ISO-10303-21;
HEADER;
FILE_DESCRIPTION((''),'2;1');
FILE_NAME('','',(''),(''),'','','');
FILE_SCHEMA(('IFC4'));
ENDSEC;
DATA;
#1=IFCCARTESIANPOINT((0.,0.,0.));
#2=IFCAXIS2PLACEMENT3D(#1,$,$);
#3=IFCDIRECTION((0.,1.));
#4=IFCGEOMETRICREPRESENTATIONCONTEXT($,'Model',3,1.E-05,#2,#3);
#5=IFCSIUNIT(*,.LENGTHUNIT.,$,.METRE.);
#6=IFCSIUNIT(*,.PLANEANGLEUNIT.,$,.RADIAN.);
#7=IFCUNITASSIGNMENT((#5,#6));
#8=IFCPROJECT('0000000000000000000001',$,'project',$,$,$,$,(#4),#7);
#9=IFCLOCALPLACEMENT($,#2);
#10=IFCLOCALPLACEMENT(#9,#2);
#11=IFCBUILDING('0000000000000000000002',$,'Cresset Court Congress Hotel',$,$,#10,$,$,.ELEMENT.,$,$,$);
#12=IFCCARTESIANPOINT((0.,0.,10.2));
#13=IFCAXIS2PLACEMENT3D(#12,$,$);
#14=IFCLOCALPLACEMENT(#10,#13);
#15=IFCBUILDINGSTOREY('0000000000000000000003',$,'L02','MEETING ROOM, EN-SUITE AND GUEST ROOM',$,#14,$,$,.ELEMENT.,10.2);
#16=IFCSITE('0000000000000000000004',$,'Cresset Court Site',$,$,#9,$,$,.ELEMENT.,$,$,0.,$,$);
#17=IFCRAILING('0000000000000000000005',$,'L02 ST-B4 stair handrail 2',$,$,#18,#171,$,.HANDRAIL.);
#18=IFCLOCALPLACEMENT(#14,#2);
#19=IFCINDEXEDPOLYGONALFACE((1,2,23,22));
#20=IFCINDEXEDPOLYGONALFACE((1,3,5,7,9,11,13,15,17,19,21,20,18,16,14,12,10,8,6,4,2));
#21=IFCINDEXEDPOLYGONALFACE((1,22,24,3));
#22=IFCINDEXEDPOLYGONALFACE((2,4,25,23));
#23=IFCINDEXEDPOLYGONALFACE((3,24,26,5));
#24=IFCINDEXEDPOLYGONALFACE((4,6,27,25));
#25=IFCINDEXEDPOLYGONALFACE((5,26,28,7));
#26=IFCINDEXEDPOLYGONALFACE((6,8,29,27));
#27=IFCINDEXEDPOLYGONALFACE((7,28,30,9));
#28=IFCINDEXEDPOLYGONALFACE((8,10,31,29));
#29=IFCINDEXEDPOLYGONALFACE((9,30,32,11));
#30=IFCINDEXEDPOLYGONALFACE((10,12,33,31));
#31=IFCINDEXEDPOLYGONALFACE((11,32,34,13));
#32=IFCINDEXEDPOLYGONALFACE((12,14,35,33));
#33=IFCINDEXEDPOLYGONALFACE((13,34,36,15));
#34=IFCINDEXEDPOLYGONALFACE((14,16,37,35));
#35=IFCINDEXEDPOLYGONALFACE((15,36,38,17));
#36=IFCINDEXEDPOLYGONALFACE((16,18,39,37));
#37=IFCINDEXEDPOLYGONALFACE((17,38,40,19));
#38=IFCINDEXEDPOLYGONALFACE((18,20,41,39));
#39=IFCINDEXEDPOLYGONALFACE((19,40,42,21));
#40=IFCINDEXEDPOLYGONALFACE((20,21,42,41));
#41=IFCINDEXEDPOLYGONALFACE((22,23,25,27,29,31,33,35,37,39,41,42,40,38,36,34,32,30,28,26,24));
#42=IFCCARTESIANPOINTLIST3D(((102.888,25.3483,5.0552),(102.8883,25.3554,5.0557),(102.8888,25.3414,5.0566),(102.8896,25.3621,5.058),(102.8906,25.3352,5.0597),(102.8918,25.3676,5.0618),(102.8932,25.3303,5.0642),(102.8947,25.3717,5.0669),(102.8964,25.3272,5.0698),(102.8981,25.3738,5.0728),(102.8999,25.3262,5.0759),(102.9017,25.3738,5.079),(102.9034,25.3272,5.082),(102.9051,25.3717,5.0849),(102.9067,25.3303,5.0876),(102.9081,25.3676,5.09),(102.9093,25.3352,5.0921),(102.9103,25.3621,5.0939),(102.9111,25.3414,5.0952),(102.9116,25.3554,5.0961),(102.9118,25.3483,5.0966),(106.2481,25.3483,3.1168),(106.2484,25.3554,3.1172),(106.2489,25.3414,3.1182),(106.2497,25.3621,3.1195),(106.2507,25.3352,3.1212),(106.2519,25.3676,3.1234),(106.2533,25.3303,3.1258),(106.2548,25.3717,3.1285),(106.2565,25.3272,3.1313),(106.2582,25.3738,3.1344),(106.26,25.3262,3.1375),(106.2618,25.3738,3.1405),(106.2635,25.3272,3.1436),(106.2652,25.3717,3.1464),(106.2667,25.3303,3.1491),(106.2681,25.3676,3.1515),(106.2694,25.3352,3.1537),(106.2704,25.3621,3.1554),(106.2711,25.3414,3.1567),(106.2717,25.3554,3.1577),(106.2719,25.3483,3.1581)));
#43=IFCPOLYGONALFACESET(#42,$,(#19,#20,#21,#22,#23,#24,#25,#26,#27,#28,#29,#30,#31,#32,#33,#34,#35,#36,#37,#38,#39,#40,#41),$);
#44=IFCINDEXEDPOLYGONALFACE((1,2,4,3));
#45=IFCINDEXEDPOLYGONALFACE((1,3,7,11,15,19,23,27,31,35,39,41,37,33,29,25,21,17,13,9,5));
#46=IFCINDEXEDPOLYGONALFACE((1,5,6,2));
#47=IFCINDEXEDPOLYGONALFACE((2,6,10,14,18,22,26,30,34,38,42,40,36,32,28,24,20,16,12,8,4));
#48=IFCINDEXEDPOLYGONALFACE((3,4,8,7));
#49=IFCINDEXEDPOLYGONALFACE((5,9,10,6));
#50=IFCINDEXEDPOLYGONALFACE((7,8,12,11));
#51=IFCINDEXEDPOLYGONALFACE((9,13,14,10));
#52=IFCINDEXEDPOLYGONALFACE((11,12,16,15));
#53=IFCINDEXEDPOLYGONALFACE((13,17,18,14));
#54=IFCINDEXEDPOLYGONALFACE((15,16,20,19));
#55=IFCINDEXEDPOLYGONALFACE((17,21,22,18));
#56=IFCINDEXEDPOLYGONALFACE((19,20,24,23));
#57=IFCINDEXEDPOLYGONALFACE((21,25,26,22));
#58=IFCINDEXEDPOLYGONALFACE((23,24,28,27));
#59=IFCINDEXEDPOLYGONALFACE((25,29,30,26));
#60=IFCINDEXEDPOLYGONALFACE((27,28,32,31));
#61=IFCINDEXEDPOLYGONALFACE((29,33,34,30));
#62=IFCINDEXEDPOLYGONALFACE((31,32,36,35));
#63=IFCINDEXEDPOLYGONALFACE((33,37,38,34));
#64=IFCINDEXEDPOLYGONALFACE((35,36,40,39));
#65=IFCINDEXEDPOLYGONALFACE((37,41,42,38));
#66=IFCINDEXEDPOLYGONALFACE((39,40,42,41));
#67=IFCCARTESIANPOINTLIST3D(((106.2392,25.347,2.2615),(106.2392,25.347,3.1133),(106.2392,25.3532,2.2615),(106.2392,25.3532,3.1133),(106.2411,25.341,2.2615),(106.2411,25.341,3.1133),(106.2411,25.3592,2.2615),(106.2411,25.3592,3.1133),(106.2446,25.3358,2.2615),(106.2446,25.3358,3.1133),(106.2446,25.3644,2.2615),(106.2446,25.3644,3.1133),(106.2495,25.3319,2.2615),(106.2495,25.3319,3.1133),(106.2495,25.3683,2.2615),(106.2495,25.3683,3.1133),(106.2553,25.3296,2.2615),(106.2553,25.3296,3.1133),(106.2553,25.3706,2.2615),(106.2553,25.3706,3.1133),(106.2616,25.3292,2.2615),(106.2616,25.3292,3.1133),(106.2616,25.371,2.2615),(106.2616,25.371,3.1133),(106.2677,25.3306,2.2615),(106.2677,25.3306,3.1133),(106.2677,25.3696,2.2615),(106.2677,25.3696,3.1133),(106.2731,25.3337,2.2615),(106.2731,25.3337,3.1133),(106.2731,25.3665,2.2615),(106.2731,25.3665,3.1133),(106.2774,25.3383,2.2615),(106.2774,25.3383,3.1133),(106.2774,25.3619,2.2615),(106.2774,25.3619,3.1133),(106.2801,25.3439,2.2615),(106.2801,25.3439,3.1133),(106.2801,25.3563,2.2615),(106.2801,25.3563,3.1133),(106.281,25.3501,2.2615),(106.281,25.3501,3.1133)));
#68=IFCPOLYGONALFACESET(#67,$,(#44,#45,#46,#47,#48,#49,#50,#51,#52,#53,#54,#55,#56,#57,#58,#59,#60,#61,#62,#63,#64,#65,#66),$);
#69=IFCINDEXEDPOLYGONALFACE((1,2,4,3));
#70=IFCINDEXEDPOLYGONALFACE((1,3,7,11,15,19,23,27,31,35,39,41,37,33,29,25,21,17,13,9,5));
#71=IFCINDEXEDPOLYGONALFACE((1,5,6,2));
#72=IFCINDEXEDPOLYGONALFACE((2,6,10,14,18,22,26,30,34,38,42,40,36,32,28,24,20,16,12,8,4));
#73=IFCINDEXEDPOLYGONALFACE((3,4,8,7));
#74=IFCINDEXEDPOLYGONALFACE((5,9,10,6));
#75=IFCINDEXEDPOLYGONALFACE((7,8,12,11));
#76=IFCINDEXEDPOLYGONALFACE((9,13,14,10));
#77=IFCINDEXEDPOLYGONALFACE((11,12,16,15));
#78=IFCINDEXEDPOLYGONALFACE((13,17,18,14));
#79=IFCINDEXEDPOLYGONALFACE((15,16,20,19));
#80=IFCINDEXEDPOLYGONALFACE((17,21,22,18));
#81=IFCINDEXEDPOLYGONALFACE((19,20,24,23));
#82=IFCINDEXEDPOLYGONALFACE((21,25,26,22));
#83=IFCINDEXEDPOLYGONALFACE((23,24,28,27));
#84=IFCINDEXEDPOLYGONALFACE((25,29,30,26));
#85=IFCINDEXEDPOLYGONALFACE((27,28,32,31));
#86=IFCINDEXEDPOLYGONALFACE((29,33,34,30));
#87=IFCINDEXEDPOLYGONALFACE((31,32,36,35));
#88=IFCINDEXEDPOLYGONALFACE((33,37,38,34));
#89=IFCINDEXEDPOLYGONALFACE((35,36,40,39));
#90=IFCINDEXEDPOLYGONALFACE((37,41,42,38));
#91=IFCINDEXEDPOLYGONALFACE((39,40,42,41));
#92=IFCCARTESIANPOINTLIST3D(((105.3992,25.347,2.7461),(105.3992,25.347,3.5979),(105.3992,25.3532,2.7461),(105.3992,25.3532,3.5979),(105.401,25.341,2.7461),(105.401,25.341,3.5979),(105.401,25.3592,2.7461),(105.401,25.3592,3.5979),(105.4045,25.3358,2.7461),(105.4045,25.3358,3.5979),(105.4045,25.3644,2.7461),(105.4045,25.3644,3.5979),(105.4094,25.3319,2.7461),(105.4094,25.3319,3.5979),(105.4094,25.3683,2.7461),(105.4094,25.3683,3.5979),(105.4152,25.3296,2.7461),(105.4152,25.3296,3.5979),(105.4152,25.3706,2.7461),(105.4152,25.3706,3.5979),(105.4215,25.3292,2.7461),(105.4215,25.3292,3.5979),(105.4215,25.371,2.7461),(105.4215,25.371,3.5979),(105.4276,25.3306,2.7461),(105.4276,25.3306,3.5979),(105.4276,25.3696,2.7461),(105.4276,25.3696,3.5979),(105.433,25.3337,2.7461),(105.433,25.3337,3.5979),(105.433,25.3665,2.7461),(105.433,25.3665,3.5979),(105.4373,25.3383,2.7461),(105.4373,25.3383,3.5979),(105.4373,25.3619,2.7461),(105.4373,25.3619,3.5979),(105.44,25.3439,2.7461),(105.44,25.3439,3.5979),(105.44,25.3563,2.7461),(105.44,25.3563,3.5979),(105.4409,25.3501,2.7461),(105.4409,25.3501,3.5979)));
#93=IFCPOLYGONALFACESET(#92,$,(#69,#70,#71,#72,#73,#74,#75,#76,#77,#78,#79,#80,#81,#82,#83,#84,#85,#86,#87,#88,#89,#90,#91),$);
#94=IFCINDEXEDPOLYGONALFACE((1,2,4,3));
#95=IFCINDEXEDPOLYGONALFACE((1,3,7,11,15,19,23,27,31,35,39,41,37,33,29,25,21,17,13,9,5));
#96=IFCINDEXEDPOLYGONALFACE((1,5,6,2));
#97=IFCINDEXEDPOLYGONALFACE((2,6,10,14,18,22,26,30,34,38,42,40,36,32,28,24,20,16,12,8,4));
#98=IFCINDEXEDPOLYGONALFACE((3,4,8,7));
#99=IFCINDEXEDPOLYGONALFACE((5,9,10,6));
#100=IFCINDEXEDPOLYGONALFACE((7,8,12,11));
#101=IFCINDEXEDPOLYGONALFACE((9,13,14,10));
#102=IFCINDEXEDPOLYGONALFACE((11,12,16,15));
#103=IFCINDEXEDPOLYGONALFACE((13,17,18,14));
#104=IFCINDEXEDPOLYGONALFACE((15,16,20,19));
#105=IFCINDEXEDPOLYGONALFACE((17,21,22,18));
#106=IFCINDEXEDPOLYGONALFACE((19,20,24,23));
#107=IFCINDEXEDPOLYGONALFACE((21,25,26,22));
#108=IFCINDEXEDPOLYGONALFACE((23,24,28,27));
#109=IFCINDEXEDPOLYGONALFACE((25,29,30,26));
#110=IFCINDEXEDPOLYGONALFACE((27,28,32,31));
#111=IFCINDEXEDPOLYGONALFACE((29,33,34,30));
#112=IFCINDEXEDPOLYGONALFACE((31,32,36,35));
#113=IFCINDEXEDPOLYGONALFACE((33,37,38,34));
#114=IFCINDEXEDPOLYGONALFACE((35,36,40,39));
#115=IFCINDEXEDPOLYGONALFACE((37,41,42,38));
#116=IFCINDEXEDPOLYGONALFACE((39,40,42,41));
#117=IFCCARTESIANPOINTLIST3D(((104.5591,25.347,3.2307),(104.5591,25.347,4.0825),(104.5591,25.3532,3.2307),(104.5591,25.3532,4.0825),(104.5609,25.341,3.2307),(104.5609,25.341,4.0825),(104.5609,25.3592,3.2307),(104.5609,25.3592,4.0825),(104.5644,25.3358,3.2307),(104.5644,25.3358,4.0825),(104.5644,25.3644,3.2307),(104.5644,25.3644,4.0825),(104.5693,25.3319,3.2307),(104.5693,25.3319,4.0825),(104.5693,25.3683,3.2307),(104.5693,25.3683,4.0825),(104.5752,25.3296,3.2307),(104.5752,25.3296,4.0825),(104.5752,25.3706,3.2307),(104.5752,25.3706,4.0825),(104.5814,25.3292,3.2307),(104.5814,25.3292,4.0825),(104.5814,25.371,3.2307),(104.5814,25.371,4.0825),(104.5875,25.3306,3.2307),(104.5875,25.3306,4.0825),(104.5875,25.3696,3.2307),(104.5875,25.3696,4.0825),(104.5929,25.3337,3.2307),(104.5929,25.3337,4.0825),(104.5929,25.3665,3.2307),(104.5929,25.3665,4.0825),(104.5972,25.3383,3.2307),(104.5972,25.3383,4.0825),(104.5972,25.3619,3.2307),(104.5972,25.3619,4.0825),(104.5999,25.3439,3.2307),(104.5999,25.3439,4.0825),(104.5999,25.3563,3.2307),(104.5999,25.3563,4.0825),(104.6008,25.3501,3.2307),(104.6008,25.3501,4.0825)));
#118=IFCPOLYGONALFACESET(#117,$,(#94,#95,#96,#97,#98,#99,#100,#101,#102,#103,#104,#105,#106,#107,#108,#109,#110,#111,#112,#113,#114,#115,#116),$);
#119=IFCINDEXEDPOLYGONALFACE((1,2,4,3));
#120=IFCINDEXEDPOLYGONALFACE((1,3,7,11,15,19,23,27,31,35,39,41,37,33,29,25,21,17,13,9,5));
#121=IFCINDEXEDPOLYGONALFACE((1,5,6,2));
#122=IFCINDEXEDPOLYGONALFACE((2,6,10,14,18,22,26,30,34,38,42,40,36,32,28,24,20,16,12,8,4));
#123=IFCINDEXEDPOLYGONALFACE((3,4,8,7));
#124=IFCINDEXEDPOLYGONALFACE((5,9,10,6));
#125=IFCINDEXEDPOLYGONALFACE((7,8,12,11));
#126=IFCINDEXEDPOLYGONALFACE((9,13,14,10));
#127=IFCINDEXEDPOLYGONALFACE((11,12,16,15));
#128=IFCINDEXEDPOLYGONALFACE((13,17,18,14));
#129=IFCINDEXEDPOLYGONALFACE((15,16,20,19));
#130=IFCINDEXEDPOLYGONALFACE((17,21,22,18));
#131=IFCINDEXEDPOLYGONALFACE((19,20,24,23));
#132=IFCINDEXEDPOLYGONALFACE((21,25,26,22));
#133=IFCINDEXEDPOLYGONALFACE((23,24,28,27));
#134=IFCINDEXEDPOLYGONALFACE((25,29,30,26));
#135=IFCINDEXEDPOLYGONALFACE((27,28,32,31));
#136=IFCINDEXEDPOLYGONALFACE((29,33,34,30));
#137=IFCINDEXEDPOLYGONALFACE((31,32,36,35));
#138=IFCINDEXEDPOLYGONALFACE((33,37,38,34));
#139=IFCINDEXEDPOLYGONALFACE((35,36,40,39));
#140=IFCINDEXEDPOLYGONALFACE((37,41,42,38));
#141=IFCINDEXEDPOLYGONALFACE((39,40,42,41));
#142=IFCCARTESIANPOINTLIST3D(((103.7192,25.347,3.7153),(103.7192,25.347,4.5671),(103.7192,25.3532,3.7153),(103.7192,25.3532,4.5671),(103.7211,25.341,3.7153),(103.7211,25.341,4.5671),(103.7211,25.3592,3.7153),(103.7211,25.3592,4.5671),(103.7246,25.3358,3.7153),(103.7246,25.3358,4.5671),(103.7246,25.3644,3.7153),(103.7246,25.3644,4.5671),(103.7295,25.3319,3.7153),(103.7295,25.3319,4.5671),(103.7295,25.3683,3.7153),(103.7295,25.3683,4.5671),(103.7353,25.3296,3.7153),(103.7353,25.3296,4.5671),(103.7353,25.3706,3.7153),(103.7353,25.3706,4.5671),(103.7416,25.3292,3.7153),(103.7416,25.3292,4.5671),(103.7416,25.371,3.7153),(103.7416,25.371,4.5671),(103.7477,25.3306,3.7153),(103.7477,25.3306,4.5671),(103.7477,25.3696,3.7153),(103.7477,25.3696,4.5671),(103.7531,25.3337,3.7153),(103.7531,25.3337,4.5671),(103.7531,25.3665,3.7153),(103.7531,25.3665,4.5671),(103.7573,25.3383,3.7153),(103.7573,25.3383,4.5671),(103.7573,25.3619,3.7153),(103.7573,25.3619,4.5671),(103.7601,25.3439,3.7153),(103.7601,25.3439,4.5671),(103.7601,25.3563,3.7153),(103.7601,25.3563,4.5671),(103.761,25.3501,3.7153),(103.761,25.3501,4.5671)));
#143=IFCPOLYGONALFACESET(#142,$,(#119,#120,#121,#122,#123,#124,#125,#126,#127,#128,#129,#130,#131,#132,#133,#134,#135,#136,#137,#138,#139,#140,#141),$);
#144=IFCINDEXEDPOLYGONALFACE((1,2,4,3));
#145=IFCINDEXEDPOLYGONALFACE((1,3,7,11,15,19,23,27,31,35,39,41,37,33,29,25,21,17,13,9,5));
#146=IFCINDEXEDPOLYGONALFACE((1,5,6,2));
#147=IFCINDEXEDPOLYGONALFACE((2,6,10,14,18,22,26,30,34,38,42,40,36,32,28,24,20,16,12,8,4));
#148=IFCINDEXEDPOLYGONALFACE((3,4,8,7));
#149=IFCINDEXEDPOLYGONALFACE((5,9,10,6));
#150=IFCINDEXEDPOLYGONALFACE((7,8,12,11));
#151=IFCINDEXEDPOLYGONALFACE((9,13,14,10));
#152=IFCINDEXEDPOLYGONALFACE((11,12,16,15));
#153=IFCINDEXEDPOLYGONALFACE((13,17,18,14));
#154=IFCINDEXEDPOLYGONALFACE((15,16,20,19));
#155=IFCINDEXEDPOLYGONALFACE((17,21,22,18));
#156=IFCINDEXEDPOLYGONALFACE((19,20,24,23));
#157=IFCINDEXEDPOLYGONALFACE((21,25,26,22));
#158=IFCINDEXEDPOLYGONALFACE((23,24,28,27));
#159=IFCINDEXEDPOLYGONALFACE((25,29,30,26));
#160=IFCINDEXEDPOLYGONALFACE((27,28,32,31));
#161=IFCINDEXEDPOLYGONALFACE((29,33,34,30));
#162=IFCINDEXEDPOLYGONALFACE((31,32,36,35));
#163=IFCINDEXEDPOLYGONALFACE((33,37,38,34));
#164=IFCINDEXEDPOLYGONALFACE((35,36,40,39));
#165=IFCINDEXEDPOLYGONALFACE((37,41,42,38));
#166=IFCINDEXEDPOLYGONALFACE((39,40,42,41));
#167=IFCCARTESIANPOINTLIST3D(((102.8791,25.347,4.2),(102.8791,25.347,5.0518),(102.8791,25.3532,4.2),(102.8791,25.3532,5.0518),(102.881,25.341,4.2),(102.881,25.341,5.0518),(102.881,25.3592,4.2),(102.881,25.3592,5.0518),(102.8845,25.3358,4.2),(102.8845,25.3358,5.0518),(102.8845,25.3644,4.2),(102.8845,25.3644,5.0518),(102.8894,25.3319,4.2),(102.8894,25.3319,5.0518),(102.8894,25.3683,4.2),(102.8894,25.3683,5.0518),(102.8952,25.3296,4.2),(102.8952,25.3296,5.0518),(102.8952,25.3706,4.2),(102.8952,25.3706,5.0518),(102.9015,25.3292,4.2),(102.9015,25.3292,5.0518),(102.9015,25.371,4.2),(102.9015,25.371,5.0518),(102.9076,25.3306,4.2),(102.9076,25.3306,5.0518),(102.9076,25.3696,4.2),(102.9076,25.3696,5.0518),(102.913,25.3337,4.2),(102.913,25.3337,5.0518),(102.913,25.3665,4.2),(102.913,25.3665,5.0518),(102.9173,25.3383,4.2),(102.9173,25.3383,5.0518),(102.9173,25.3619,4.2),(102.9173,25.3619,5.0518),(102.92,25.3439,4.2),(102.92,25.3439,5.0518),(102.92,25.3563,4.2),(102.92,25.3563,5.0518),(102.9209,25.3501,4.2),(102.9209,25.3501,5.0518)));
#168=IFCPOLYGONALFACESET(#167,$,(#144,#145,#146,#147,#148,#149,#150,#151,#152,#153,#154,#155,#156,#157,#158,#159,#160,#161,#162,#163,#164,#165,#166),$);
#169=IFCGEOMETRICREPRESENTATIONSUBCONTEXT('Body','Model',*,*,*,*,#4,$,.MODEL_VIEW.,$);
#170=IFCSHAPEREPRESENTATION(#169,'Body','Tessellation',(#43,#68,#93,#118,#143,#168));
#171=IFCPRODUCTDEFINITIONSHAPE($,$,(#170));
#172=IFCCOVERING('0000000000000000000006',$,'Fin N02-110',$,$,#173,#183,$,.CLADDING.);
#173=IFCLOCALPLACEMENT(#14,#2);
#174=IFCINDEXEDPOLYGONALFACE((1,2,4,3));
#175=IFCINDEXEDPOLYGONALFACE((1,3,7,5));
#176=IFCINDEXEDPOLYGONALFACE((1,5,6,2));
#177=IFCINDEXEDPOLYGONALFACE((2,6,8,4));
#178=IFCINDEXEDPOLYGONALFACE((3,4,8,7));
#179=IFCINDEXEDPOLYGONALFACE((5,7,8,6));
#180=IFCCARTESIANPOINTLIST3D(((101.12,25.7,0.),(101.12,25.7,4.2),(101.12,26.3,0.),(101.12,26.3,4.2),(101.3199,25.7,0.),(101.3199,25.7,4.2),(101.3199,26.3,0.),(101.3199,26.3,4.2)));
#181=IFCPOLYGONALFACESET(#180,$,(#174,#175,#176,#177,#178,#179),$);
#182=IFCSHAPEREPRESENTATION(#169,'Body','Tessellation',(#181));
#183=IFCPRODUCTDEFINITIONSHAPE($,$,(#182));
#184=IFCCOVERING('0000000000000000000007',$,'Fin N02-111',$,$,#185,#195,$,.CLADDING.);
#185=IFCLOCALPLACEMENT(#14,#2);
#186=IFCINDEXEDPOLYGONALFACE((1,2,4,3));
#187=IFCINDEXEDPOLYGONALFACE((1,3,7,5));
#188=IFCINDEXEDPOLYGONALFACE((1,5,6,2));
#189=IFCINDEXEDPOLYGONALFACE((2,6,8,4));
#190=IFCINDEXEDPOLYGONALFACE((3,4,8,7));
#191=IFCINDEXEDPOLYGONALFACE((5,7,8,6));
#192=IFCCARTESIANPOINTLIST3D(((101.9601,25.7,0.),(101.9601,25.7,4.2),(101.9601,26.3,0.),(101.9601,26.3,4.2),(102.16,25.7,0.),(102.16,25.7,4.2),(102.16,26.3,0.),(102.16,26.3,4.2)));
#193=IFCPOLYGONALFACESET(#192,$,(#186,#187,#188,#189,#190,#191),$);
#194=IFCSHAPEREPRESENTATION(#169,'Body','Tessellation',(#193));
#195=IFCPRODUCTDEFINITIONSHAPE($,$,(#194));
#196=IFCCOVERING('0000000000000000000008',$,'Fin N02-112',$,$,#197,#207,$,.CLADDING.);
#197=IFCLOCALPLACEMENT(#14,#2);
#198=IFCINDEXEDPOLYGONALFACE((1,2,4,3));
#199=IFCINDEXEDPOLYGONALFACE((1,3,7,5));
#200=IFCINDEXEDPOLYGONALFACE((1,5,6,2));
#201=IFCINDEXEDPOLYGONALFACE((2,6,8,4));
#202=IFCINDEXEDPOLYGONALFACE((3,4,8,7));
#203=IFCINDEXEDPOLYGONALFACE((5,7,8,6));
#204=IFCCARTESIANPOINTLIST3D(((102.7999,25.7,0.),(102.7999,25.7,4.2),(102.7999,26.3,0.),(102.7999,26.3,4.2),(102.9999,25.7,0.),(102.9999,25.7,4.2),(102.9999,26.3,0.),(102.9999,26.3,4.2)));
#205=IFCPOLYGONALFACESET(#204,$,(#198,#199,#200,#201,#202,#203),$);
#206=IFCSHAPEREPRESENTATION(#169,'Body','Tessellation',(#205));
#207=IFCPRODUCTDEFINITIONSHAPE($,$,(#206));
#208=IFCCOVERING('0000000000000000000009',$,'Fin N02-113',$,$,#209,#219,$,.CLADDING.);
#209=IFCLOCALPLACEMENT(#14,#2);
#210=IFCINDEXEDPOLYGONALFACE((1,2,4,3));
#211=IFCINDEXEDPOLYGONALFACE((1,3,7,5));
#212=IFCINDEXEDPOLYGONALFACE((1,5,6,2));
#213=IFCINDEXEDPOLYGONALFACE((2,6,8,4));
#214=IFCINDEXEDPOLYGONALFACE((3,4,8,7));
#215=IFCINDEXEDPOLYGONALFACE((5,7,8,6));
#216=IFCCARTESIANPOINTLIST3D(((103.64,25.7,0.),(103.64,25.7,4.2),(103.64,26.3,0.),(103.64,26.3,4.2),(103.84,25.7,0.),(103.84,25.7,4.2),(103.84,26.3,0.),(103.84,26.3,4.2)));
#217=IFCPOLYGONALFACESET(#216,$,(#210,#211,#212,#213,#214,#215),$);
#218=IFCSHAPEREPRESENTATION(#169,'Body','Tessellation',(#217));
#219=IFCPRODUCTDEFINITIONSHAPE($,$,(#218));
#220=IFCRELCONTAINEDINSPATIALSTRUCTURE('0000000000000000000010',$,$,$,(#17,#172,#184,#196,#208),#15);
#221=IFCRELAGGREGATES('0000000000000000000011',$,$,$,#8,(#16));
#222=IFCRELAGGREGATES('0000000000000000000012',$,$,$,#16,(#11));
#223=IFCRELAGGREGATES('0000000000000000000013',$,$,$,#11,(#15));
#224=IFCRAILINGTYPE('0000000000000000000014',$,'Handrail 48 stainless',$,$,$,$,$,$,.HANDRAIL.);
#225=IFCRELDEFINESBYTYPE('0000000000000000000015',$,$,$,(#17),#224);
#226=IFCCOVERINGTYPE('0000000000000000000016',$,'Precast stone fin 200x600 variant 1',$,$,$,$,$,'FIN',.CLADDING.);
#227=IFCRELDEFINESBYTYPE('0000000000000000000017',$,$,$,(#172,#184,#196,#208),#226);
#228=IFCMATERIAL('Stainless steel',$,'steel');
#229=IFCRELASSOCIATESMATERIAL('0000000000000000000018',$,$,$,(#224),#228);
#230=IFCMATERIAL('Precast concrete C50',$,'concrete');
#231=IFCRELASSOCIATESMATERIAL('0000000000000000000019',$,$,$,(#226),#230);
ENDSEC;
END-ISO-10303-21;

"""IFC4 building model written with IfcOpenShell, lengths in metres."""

from ifc_helpers import new_model, si_unit, direction, frame, origin, origin_2d, place, context, subcontext, project, spatial, rectangle, circle, extrude, material, type_object, element, save


model = new_model("IFC4")

# Units and contexts
model_context = context("Model", 3, precision=1e-05, world=origin(), true_north=direction((0.0, 1.0)))
body_context = subcontext(model_context, "Body", "Model", "MODEL_VIEW")
ifc_project = project(units=[si_unit("LENGTHUNIT", "METRE"), si_unit("PLANEANGLEUNIT", "RADIAN")], contexts=[model_context])

# Site, building, storey
site_placement = place(None, origin())
site = spatial("IfcSite", under=ifc_project, at=site_placement, Name="Cresset Court Site", CompositionType="ELEMENT", RefElevation=0.0)
building_placement = place(site_placement, origin())
building = spatial("IfcBuilding", under=site, at=building_placement, Name="Cresset Court Congress Hotel", CompositionType="ELEMENT")
storey_placement = place(building_placement, frame((0.0, 0.0, 10.2)))
storey = spatial("IfcBuildingStorey", under=building, at=storey_placement, Name="L02", Description="MEETING ROOM, EN-SUITE AND GUEST ROOM", CompositionType="ELEMENT", Elevation=10.2)

# Railing
ifc_material_1 = material(Name="Stainless steel", Category="steel")
railing_type = type_object("IfcRailingType", Name="Handrail 48 stainless", PredefinedType="HANDRAIL", material=ifc_material_1)
railing_placement = place(storey_placement, frame((106.26, 25.3501, 2.2615)))
element("IfcRailing", 1, at=railing_placement, inside=storey, type_object=railing_type, Name="L02 ST-B4 stair handrail 2", PredefinedType="HANDRAIL", context=body_context, shape_type="SweptSolid", body=[
    extrude(circle(Radius=0.0239, at=origin_2d()), frame((0.0, 0.0, 0.876), z_axis=(-0.866191, 0.0, 0.499713), x_axis=(0.0, -1.0, 0.0)), (0.0, 0.0, 1.0), 3.8792),
    extrude(circle(Radius=0.021, at=origin_2d()), origin(), (0.0, 0.0, 1.0), 0.8518),
    extrude(circle(Radius=0.021, at=origin_2d()), frame((-0.8401, 0.0, 0.4846)), (0.0, 0.0, 1.0), 0.8518),
    extrude(circle(Radius=0.021, at=origin_2d()), frame((-1.6802, 0.0, 0.9692)), (0.0, 0.0, 1.0), 0.8518),
    extrude(circle(Radius=0.021, at=origin_2d()), frame((-2.52, 0.0, 1.4539)), (0.0, 0.0, 1.0), 0.8518),
    extrude(circle(Radius=0.021, at=origin_2d()), frame((-3.3601, 0.0, 1.9385)), (0.0, 0.0, 1.0), 0.8518),
])

# Coverings
ifc_material_2 = material(Name="Precast concrete C50", Category="concrete")
covering_type = type_object("IfcCoveringType", Name="Precast stone fin 200x600 variant 1", ElementType="FIN", PredefinedType="CLADDING", material=ifc_material_2)
for number, where, z_axis, x_axis, name in (
    (2, (101.22, 26.0, 0.0), (0.0, 0.0, 1.0), (1.0, 0.0, 0.0), "Fin N02-110"),
    (3, (102.0601, 26.0, 0.0), (0.0, 0.0, 1.0), (1.0, 0.0, 0.0), "Fin N02-111"),
    (4, (102.8999, 26.0, 0.0), (0.0, 0.0, 1.0), (1.0, 0.0, 0.0), "Fin N02-112"),
    (5, (103.74, 26.0, 0.0), (0.0, 0.0, 1.0), (1.0, 0.0, 0.0), "Fin N02-113"),
):
    element("IfcCovering", number, at=place(storey_placement, frame(where, z_axis=z_axis, x_axis=x_axis)), inside=storey, type_object=covering_type, Name=name, PredefinedType="CLADDING", context=body_context, shape_type="SweptSolid", body=[
        extrude(rectangle(XDim=0.2, YDim=0.6001, at=origin_2d()), origin(), (0.0, 0.0, 1.0), 4.2),
    ])

save(model, "model.ifc")
